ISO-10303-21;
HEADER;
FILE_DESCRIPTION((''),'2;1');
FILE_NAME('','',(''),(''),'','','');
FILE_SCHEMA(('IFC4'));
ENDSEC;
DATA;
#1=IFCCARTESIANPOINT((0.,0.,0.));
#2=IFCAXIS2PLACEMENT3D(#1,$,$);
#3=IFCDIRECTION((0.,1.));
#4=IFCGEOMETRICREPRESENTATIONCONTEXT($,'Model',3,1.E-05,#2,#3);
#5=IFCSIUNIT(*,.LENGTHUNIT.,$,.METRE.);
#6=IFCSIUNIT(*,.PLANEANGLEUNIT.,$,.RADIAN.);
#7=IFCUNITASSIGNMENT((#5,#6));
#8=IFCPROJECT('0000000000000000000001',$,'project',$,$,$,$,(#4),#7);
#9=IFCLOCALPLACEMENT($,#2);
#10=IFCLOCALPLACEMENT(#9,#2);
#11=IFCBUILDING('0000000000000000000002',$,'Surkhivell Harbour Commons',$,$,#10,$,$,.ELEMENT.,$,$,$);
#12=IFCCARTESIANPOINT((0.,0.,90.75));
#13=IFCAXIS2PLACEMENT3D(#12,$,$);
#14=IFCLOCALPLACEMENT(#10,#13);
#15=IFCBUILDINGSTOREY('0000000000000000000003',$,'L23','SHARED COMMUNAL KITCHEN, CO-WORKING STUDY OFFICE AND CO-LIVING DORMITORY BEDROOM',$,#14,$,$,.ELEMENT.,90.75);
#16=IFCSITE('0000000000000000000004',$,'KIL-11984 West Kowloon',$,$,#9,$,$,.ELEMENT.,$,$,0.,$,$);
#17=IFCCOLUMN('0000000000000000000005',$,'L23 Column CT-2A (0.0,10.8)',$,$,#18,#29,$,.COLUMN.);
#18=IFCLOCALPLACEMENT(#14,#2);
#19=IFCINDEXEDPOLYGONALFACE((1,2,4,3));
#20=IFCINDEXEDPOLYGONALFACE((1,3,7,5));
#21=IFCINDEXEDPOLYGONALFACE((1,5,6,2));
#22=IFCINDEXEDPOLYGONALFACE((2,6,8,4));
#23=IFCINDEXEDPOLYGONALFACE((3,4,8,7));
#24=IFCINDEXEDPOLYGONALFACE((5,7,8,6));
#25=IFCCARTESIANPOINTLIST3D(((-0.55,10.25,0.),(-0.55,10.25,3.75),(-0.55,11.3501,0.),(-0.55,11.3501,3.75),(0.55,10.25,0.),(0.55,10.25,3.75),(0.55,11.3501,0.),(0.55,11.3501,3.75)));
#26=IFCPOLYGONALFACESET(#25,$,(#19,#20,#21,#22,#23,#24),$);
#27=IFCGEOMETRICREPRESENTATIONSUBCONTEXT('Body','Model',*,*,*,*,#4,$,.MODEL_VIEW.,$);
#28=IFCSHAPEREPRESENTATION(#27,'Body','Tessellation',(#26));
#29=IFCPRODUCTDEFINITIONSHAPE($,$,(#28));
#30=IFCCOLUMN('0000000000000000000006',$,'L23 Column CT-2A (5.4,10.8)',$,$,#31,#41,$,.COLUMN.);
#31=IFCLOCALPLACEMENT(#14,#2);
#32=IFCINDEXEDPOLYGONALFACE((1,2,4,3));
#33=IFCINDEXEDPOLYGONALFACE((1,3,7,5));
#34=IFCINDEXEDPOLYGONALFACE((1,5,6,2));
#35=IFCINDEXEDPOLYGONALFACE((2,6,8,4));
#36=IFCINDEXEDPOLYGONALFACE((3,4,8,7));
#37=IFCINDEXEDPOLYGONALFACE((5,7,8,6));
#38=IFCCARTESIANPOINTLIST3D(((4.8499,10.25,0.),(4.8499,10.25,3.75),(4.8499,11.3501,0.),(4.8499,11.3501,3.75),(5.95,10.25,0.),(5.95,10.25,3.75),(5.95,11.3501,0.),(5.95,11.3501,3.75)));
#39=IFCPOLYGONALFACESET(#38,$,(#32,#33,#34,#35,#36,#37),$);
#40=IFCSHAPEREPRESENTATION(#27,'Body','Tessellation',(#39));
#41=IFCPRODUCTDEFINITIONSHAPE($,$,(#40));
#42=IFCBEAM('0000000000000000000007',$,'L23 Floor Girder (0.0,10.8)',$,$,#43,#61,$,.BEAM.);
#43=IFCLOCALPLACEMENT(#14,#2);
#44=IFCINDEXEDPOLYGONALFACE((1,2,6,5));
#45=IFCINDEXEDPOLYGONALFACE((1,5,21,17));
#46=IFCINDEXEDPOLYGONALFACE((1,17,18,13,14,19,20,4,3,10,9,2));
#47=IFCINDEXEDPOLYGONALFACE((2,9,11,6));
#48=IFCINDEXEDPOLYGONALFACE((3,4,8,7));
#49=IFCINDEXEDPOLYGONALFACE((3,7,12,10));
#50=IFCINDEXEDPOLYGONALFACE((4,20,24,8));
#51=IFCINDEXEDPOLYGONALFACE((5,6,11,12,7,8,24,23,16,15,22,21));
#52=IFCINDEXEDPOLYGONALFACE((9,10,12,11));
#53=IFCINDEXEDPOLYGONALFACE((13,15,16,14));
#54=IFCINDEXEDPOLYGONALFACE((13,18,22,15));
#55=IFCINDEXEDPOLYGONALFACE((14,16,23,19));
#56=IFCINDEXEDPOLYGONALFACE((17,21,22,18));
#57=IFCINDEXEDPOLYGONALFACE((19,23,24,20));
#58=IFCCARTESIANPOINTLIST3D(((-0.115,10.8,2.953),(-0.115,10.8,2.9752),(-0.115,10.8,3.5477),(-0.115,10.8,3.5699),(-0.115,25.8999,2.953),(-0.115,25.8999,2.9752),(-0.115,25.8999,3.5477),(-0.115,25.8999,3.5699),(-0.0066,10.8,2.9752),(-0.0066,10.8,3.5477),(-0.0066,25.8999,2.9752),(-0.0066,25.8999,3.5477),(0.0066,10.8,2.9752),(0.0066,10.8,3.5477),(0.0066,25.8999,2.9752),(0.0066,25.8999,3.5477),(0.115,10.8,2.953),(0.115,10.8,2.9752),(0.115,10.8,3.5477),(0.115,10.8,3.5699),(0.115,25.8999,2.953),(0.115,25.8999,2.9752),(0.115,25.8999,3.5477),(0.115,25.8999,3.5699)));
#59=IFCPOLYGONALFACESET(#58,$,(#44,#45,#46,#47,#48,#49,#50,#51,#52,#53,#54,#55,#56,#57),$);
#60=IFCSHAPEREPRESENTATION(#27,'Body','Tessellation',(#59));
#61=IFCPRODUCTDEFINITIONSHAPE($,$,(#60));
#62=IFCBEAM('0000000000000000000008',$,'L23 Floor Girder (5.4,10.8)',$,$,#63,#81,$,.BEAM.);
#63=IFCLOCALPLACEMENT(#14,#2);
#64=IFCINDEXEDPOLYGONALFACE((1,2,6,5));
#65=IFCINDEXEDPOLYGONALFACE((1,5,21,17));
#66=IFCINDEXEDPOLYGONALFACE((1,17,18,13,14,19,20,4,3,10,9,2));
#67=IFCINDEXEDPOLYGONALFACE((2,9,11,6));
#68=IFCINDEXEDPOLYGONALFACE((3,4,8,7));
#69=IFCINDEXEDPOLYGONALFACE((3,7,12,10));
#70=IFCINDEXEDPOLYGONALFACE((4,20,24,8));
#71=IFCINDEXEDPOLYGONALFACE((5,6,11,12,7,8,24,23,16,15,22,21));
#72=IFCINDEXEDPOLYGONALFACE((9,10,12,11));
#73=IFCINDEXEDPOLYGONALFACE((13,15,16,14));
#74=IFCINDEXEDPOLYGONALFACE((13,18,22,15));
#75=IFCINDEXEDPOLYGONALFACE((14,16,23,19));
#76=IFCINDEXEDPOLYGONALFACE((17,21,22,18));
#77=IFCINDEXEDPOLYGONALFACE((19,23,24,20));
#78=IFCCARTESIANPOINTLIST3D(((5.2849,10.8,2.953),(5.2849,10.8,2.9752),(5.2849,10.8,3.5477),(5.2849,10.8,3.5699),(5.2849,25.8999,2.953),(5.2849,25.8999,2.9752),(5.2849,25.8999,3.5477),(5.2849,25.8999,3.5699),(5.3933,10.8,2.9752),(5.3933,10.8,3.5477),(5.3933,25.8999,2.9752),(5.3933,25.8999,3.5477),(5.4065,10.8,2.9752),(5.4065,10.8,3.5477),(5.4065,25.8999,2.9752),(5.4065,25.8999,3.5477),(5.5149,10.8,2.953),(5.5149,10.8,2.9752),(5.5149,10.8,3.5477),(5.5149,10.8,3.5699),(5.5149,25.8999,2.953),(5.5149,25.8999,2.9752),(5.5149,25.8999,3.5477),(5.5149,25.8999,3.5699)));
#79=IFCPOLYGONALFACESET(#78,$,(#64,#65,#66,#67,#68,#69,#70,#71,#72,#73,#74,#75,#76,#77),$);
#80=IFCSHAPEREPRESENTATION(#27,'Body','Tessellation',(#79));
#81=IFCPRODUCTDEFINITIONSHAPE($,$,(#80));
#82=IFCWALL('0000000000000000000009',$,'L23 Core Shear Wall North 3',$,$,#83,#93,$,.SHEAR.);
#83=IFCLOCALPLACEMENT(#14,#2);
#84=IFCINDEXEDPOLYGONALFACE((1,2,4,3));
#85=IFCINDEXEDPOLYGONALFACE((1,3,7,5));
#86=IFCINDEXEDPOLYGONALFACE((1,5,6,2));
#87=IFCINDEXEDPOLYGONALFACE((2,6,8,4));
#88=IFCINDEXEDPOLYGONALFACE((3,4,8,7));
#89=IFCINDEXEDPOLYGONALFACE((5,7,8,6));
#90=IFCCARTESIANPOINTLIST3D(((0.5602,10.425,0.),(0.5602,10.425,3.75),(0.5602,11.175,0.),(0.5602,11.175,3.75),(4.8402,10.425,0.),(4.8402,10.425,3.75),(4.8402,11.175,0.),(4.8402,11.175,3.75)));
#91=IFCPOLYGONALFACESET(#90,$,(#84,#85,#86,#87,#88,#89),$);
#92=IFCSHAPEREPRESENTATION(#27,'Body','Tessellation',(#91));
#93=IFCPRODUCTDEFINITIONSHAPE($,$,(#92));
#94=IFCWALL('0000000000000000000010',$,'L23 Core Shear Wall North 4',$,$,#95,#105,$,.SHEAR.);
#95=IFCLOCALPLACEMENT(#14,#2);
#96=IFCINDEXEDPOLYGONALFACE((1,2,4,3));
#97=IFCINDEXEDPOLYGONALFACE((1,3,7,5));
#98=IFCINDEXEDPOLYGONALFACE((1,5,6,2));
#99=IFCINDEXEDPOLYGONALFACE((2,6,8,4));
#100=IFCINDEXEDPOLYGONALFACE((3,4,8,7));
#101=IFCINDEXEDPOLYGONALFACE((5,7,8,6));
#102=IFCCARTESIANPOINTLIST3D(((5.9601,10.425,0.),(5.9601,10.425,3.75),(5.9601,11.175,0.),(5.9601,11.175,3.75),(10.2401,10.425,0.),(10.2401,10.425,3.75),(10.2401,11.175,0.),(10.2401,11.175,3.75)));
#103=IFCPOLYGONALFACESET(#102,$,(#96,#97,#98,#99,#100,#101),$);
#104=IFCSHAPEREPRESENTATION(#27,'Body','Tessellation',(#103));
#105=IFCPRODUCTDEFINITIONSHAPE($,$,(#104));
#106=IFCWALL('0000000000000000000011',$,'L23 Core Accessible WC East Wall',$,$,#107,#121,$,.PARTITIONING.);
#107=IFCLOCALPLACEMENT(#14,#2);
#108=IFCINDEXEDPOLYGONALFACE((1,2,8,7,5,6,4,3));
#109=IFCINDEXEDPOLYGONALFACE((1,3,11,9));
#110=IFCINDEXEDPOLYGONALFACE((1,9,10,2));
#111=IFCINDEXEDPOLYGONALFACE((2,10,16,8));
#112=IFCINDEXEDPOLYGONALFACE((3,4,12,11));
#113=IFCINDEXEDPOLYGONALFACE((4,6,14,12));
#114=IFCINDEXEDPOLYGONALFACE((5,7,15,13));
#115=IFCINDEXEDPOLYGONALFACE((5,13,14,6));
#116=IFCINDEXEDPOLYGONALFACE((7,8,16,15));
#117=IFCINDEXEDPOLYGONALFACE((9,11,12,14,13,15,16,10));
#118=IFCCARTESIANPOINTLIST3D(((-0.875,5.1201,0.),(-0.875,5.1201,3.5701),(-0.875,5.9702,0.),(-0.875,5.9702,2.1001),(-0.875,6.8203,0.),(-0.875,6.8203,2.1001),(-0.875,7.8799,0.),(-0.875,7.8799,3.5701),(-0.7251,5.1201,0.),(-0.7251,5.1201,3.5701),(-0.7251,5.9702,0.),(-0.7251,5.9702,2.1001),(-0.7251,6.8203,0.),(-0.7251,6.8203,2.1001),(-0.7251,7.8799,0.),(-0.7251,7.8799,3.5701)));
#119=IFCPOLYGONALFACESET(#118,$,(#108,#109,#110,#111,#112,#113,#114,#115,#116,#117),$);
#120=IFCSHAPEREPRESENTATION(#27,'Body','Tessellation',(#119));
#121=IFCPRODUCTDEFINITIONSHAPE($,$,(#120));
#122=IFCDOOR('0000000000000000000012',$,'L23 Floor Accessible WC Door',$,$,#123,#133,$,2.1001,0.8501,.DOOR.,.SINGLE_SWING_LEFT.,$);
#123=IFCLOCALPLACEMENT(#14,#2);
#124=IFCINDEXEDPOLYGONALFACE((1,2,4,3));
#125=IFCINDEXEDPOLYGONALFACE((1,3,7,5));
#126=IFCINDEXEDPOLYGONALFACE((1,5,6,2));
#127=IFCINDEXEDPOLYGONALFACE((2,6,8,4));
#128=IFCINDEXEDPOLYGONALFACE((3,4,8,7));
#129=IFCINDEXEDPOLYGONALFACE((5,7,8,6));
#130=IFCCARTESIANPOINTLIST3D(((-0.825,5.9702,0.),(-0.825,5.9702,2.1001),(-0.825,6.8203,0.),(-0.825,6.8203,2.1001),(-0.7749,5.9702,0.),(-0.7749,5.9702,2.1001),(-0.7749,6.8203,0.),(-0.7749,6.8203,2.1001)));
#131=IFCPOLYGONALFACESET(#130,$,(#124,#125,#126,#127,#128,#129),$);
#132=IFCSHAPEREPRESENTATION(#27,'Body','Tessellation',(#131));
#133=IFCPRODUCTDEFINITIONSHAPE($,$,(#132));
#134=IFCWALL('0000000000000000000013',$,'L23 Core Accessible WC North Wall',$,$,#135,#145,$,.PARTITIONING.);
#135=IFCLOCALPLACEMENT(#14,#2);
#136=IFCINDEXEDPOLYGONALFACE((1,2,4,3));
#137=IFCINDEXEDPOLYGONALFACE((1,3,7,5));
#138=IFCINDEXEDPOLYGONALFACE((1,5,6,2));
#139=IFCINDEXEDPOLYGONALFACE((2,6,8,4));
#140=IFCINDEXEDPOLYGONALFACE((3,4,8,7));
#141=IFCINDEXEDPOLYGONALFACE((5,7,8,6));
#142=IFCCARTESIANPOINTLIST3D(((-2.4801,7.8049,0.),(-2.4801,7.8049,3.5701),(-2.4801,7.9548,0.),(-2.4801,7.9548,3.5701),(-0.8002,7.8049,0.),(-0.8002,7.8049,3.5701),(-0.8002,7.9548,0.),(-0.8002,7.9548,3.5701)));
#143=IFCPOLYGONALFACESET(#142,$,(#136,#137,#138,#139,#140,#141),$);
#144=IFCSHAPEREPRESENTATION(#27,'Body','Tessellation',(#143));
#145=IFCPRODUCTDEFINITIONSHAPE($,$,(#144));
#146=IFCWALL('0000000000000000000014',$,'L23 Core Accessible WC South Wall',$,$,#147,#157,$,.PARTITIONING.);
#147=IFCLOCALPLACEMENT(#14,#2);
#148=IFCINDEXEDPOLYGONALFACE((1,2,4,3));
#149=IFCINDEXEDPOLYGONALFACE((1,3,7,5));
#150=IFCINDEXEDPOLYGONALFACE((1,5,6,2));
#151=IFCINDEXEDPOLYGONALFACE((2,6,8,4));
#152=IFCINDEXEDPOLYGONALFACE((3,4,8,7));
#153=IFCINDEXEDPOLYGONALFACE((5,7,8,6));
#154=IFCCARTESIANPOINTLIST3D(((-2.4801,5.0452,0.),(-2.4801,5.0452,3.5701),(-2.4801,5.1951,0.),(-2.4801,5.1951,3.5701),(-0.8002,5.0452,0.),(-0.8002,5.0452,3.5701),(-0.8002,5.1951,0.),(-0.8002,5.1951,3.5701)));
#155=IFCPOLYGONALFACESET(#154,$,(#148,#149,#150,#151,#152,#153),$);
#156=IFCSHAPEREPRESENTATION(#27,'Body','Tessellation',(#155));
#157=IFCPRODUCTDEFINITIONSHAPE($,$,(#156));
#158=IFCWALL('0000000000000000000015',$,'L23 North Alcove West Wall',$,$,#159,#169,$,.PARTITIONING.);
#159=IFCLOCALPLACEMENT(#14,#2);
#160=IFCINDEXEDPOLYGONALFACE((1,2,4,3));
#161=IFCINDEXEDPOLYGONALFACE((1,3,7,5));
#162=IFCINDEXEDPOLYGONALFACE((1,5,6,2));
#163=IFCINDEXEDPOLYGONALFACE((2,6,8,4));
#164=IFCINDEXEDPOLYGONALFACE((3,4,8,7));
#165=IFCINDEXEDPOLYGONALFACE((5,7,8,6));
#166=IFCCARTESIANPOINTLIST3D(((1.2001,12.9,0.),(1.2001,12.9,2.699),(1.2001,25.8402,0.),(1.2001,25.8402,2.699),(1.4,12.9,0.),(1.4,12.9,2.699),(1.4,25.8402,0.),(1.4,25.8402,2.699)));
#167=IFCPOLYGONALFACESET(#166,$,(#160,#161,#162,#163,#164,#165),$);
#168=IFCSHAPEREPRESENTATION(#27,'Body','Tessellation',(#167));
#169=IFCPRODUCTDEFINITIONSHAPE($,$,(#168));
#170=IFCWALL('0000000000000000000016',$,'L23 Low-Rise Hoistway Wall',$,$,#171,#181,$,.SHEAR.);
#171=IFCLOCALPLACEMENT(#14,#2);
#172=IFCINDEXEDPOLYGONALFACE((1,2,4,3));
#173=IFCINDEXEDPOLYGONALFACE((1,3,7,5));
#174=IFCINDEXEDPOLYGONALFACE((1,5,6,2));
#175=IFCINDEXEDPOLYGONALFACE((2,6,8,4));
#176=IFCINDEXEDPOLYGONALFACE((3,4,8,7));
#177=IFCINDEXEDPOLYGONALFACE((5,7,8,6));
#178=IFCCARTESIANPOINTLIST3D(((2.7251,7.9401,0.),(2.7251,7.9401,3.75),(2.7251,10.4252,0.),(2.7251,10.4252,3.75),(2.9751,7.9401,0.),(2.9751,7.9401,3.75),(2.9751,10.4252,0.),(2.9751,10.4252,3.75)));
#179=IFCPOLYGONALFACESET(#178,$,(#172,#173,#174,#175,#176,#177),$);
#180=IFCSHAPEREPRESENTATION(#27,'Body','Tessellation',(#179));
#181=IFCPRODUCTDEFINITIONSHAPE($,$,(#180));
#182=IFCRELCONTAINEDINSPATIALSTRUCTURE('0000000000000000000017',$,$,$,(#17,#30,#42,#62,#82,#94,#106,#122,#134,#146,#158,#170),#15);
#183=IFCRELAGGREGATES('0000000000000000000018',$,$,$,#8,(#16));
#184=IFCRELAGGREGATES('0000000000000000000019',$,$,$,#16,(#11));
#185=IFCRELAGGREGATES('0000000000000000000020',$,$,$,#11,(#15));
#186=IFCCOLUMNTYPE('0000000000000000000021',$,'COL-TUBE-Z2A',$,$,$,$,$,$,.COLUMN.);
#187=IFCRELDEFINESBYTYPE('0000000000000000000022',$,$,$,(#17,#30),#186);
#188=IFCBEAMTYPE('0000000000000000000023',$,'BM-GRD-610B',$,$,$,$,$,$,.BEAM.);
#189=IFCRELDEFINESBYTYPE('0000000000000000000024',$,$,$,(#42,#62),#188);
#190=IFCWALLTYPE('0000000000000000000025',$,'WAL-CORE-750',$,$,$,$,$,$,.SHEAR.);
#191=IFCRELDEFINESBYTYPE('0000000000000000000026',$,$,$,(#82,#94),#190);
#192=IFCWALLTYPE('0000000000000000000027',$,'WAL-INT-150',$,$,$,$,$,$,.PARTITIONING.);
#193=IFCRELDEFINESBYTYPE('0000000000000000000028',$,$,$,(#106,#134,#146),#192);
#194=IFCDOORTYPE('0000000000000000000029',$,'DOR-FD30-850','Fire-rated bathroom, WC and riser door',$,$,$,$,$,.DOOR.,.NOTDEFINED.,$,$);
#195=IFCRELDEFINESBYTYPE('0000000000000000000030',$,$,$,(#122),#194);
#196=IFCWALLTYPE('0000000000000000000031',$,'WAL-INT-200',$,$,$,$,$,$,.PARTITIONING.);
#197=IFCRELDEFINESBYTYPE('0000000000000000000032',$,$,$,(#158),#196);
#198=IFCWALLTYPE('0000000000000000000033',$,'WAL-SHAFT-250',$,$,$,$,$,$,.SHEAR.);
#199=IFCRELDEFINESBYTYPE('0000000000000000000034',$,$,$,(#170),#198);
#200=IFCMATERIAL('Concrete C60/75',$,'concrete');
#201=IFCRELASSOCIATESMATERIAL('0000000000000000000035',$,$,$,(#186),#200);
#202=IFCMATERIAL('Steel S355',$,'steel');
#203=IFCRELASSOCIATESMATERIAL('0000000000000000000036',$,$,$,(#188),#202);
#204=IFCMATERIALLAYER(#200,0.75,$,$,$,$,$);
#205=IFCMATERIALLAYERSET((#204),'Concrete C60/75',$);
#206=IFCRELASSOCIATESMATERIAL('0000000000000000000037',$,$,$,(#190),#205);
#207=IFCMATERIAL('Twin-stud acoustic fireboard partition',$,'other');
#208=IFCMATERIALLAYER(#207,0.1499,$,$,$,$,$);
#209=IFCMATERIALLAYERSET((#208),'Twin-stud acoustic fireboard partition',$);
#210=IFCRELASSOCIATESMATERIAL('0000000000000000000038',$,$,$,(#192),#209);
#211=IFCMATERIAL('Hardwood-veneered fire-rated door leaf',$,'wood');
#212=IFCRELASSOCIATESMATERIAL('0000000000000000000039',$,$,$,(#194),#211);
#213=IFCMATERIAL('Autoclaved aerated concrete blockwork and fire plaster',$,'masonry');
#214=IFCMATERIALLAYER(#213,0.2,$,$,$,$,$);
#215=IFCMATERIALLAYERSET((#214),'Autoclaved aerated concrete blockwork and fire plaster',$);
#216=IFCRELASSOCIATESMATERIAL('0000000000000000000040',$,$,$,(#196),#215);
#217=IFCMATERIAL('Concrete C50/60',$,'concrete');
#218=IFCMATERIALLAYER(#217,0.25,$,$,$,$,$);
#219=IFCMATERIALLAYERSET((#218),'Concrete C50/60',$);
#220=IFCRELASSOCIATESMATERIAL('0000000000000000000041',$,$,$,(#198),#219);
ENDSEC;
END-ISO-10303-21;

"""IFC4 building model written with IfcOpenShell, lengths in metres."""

from ifc_helpers import new_model, si_unit, direction, frame, frame_2d, origin, origin_2d, place, context, subcontext, project, spatial, rectangle, i_section, extrude, material, layer, layer_set, material_profile, profile_set, type_object, element, fill, save


model = new_model("IFC4")

# Units and contexts
model_context = context("Model", 3, precision=1e-05, world=origin(), true_north=direction((0.0, 1.0)))
body_context = subcontext(model_context, "Body", "Model", "MODEL_VIEW")
ifc_project = project(units=[si_unit("LENGTHUNIT", "METRE"), si_unit("PLANEANGLEUNIT", "RADIAN")], contexts=[model_context])

# Site, building, storey
site_placement = place(None, origin())
site = spatial("IfcSite", under=ifc_project, at=site_placement, Name="KIL-11984 West Kowloon", CompositionType="ELEMENT", RefElevation=0.0)
building_placement = place(site_placement, origin())
building = spatial("IfcBuilding", under=site, at=building_placement, Name="Surkhivell Harbour Commons", CompositionType="ELEMENT")
storey_placement = place(building_placement, frame((0.0, 0.0, 90.75)))
storey = spatial("IfcBuildingStorey", under=building, at=storey_placement, Name="L23", Description="SHARED COMMUNAL KITCHEN, CO-WORKING STUDY OFFICE AND CO-LIVING DORMITORY BEDROOM", CompositionType="ELEMENT", Elevation=90.75)

# Columns
ifc_material_1 = material(Name="Concrete C60/75", Category="concrete")
ifc_material_profile_1 = material_profile(ifc_material_1, rectangle(XDim=1.1001, YDim=1.1001, at=origin_2d()), Name="RC-COL-1100x1100")
ifc_profile_set_1 = profile_set([ifc_material_profile_1], Name="Concrete C60/75")
column_type = type_object("IfcColumnType", Name="COL-TUBE-Z2A", PredefinedType="COLUMN", material=ifc_profile_set_1)
for number, where, z_axis, x_axis, name in (
    (1, (0.0, 10.8, 0.0), (0.0, 0.0, 1.0), (1.0, 0.0, 0.0), "L23 Column CT-2A (0.0,10.8)"),
    (2, (5.3999, 10.8, 0.0), (0.0, 0.0, 1.0), (1.0, 0.0, 0.0), "L23 Column CT-2A (5.4,10.8)"),
):
    element("IfcColumn", number, at=place(storey_placement, frame(where, z_axis=z_axis, x_axis=x_axis)), inside=storey, type_object=column_type, Name=name, PredefinedType="COLUMN", context=body_context, shape_type="SweptSolid", body=[
        extrude(rectangle(XDim=1.1001, YDim=1.1001, at=origin_2d()), origin(), (0.0, 0.0, 1.0), 3.75),
    ])

# Beams
ifc_material_2 = material(Name="Steel S355", Category="steel")
ifc_material_profile_2 = material_profile(ifc_material_2, i_section(OverallWidth=0.23, OverallDepth=0.6169, WebThickness=0.0132, FlangeThickness=0.0222, at=origin_2d()), Name="UB610x229x140")
ifc_profile_set_2 = profile_set([ifc_material_profile_2], Name="Steel S355")
beam_type = type_object("IfcBeamType", Name="BM-GRD-610B", PredefinedType="BEAM", material=ifc_profile_set_2)
for number, where, z_axis, x_axis, name in (
    (3, (0.0, 10.8, 3.2615), (0.0, 1.0, 0.0), (-1.0, 0.0, 0.0), "L23 Floor Girder (0.0,10.8)"),
    (4, (5.3999, 10.8, 3.2615), (0.0, 1.0, 0.0), (-1.0, 0.0, 0.0), "L23 Floor Girder (5.4,10.8)"),
):
    element("IfcBeam", number, at=place(storey_placement, frame(where, z_axis=z_axis, x_axis=x_axis)), inside=storey, type_object=beam_type, Name=name, PredefinedType="BEAM", context=body_context, shape_type="SweptSolid", body=[
        extrude(i_section(OverallWidth=0.23, OverallDepth=0.6169, WebThickness=0.0132, FlangeThickness=0.0222, at=origin_2d()), origin(), (0.0, 0.0, 1.0), 15.0999),
    ])

# Walls
ifc_layer_1 = layer(ifc_material_1, 0.75)
ifc_layer_set_1 = layer_set([ifc_layer_1], Name="Concrete C60/75")
wall_type_1 = type_object("IfcWallType", Name="WAL-CORE-750", PredefinedType="SHEAR", material=ifc_layer_set_1)
for number, where, z_axis, x_axis, name in (
    (5, (0.5601, 10.8, 0.0), (0.0, 0.0, 1.0), (1.0, 0.0, 0.0), "L23 Core Shear Wall North 3"),
    (6, (5.96, 10.8, 0.0), (0.0, 0.0, 1.0), (1.0, 0.0, 0.0), "L23 Core Shear Wall North 4"),
):
    element("IfcWall", number, at=place(storey_placement, frame(where, z_axis=z_axis, x_axis=x_axis)), inside=storey, type_object=wall_type_1, Name=name, PredefinedType="SHEAR", context=body_context, shape_type="SweptSolid", body=[
        extrude(rectangle(XDim=4.28, YDim=0.75, at=frame_2d((2.1401, 0.0))), origin(), (0.0, 0.0, 1.0), 3.75),
    ])

# Wall, opening, door
ifc_material_3 = material(Name="Twin-stud acoustic fireboard partition", Category="other")
ifc_layer_2 = layer(ifc_material_3, 0.1499)
ifc_layer_set_2 = layer_set([ifc_layer_2], Name="Twin-stud acoustic fireboard partition")
wall_type_2 = type_object("IfcWallType", Name="WAL-INT-150", PredefinedType="PARTITIONING", material=ifc_layer_set_2)
wall_1_placement = place(storey_placement, frame((-0.8, 5.1201, 0.0), z_axis=(0.0, 0.0, 1.0), x_axis=(0.0, 1.0, 0.0)))
wall_1 = element("IfcWall", 7, at=wall_1_placement, inside=storey, type_object=wall_type_2, Name="L23 Core Accessible WC East Wall", PredefinedType="PARTITIONING", context=body_context, shape_type="SweptSolid", body=[
    extrude(rectangle(XDim=2.7598, YDim=0.1499, at=frame_2d((1.3799, 0.0))), origin(), (0.0, 0.0, 1.0), 3.5701),
])
opening_1_placement = place(wall_1_placement, frame((0.8501, 0.0, 0.0)))
opening_1 = element("IfcOpeningElement", 8, at=opening_1_placement, cuts=wall_1, PredefinedType="OPENING", context=body_context, shape_type="SweptSolid", body=[
    extrude(rectangle(XDim=0.8501, YDim=2.1001, at=frame_2d((0.425, 1.05))), frame((0.0, 0.085, 0.0), z_axis=(0.0, -1.0, 0.0), x_axis=(1.0, 0.0, 0.0)), (0.0, 0.0, 1.0), 0.1699),
])
ifc_material_4 = material(Name="Hardwood-veneered fire-rated door leaf", Category="wood")
door_type_1 = type_object("IfcDoorType", Name="DOR-FD30-850", Description="Fire-rated bathroom, WC and riser door", OperationType="NOTDEFINED", PredefinedType="DOOR", material=ifc_material_4)
door_1_placement = place(opening_1_placement, origin())
door_1 = element("IfcDoor", 9, at=door_1_placement, inside=storey, type_object=door_type_1, Name="L23 Floor Accessible WC Door", OperationType="SINGLE_SWING_LEFT", OverallHeight=2.1001, OverallWidth=0.8501, PredefinedType="DOOR", context=body_context, shape_type="SweptSolid", body=[
    extrude(rectangle(XDim=0.8501, YDim=2.1001, at=frame_2d((0.425, 1.05))), frame((0.0, 0.0249, 0.0), z_axis=(0.0, -1.0, 0.0), x_axis=(1.0, 0.0, 0.0)), (0.0, 0.0, 1.0), 0.05),
])
fill(opening_1, door_1)

# Walls
for number, where, z_axis, x_axis, name in (
    (10, (-2.48, 7.8799, 0.0), (0.0, 0.0, 1.0), (1.0, 0.0, 0.0), "L23 Core Accessible WC North Wall"),
    (11, (-2.48, 5.1201, 0.0), (0.0, 0.0, 1.0), (1.0, 0.0, 0.0), "L23 Core Accessible WC South Wall"),
):
    element("IfcWall", number, at=place(storey_placement, frame(where, z_axis=z_axis, x_axis=x_axis)), inside=storey, type_object=wall_type_2, Name=name, PredefinedType="PARTITIONING", context=body_context, shape_type="SweptSolid", body=[
        extrude(rectangle(XDim=1.6799, YDim=0.1499, at=frame_2d((0.8398, 0.0))), origin(), (0.0, 0.0, 1.0), 3.5701),
    ])
ifc_material_5 = material(Name="Autoclaved aerated concrete blockwork and fire plaster", Category="masonry")
ifc_layer_3 = layer(ifc_material_5, 0.2)
ifc_layer_set_3 = layer_set([ifc_layer_3], Name="Autoclaved aerated concrete blockwork and fire plaster")
wall_type_3 = type_object("IfcWallType", Name="WAL-INT-200", PredefinedType="PARTITIONING", material=ifc_layer_set_3)
wall_2_placement = place(storey_placement, frame((1.3, 12.8999, 0.0), z_axis=(0.0, 0.0, 1.0), x_axis=(0.0, 1.0, 0.0)))
element("IfcWall", 12, at=wall_2_placement, inside=storey, type_object=wall_type_3, Name="L23 North Alcove West Wall", PredefinedType="PARTITIONING", context=body_context, shape_type="SweptSolid", body=[
    extrude(rectangle(XDim=12.9402, YDim=0.2, at=frame_2d((6.4702, 0.0))), origin(), (0.0, 0.0, 1.0), 2.699),
])
ifc_material_6 = material(Name="Concrete C50/60", Category="concrete")
ifc_layer_4 = layer(ifc_material_6, 0.25)
ifc_layer_set_4 = layer_set([ifc_layer_4], Name="Concrete C50/60")
wall_type_4 = type_object("IfcWallType", Name="WAL-SHAFT-250", PredefinedType="SHEAR", material=ifc_layer_set_4)
wall_3_placement = place(storey_placement, frame((2.8501, 7.9399, 0.0), z_axis=(0.0, 0.0, 1.0), x_axis=(0.0, 1.0, 0.0)))
element("IfcWall", 13, at=wall_3_placement, inside=storey, type_object=wall_type_4, Name="L23 Low-Rise Hoistway Wall", PredefinedType="SHEAR", context=body_context, shape_type="SweptSolid", body=[
    extrude(rectangle(XDim=2.4851, YDim=0.25, at=frame_2d((1.2427, 0.0))), origin(), (0.0, 0.0, 1.0), 3.75),
])

save(model, "model.ifc")
